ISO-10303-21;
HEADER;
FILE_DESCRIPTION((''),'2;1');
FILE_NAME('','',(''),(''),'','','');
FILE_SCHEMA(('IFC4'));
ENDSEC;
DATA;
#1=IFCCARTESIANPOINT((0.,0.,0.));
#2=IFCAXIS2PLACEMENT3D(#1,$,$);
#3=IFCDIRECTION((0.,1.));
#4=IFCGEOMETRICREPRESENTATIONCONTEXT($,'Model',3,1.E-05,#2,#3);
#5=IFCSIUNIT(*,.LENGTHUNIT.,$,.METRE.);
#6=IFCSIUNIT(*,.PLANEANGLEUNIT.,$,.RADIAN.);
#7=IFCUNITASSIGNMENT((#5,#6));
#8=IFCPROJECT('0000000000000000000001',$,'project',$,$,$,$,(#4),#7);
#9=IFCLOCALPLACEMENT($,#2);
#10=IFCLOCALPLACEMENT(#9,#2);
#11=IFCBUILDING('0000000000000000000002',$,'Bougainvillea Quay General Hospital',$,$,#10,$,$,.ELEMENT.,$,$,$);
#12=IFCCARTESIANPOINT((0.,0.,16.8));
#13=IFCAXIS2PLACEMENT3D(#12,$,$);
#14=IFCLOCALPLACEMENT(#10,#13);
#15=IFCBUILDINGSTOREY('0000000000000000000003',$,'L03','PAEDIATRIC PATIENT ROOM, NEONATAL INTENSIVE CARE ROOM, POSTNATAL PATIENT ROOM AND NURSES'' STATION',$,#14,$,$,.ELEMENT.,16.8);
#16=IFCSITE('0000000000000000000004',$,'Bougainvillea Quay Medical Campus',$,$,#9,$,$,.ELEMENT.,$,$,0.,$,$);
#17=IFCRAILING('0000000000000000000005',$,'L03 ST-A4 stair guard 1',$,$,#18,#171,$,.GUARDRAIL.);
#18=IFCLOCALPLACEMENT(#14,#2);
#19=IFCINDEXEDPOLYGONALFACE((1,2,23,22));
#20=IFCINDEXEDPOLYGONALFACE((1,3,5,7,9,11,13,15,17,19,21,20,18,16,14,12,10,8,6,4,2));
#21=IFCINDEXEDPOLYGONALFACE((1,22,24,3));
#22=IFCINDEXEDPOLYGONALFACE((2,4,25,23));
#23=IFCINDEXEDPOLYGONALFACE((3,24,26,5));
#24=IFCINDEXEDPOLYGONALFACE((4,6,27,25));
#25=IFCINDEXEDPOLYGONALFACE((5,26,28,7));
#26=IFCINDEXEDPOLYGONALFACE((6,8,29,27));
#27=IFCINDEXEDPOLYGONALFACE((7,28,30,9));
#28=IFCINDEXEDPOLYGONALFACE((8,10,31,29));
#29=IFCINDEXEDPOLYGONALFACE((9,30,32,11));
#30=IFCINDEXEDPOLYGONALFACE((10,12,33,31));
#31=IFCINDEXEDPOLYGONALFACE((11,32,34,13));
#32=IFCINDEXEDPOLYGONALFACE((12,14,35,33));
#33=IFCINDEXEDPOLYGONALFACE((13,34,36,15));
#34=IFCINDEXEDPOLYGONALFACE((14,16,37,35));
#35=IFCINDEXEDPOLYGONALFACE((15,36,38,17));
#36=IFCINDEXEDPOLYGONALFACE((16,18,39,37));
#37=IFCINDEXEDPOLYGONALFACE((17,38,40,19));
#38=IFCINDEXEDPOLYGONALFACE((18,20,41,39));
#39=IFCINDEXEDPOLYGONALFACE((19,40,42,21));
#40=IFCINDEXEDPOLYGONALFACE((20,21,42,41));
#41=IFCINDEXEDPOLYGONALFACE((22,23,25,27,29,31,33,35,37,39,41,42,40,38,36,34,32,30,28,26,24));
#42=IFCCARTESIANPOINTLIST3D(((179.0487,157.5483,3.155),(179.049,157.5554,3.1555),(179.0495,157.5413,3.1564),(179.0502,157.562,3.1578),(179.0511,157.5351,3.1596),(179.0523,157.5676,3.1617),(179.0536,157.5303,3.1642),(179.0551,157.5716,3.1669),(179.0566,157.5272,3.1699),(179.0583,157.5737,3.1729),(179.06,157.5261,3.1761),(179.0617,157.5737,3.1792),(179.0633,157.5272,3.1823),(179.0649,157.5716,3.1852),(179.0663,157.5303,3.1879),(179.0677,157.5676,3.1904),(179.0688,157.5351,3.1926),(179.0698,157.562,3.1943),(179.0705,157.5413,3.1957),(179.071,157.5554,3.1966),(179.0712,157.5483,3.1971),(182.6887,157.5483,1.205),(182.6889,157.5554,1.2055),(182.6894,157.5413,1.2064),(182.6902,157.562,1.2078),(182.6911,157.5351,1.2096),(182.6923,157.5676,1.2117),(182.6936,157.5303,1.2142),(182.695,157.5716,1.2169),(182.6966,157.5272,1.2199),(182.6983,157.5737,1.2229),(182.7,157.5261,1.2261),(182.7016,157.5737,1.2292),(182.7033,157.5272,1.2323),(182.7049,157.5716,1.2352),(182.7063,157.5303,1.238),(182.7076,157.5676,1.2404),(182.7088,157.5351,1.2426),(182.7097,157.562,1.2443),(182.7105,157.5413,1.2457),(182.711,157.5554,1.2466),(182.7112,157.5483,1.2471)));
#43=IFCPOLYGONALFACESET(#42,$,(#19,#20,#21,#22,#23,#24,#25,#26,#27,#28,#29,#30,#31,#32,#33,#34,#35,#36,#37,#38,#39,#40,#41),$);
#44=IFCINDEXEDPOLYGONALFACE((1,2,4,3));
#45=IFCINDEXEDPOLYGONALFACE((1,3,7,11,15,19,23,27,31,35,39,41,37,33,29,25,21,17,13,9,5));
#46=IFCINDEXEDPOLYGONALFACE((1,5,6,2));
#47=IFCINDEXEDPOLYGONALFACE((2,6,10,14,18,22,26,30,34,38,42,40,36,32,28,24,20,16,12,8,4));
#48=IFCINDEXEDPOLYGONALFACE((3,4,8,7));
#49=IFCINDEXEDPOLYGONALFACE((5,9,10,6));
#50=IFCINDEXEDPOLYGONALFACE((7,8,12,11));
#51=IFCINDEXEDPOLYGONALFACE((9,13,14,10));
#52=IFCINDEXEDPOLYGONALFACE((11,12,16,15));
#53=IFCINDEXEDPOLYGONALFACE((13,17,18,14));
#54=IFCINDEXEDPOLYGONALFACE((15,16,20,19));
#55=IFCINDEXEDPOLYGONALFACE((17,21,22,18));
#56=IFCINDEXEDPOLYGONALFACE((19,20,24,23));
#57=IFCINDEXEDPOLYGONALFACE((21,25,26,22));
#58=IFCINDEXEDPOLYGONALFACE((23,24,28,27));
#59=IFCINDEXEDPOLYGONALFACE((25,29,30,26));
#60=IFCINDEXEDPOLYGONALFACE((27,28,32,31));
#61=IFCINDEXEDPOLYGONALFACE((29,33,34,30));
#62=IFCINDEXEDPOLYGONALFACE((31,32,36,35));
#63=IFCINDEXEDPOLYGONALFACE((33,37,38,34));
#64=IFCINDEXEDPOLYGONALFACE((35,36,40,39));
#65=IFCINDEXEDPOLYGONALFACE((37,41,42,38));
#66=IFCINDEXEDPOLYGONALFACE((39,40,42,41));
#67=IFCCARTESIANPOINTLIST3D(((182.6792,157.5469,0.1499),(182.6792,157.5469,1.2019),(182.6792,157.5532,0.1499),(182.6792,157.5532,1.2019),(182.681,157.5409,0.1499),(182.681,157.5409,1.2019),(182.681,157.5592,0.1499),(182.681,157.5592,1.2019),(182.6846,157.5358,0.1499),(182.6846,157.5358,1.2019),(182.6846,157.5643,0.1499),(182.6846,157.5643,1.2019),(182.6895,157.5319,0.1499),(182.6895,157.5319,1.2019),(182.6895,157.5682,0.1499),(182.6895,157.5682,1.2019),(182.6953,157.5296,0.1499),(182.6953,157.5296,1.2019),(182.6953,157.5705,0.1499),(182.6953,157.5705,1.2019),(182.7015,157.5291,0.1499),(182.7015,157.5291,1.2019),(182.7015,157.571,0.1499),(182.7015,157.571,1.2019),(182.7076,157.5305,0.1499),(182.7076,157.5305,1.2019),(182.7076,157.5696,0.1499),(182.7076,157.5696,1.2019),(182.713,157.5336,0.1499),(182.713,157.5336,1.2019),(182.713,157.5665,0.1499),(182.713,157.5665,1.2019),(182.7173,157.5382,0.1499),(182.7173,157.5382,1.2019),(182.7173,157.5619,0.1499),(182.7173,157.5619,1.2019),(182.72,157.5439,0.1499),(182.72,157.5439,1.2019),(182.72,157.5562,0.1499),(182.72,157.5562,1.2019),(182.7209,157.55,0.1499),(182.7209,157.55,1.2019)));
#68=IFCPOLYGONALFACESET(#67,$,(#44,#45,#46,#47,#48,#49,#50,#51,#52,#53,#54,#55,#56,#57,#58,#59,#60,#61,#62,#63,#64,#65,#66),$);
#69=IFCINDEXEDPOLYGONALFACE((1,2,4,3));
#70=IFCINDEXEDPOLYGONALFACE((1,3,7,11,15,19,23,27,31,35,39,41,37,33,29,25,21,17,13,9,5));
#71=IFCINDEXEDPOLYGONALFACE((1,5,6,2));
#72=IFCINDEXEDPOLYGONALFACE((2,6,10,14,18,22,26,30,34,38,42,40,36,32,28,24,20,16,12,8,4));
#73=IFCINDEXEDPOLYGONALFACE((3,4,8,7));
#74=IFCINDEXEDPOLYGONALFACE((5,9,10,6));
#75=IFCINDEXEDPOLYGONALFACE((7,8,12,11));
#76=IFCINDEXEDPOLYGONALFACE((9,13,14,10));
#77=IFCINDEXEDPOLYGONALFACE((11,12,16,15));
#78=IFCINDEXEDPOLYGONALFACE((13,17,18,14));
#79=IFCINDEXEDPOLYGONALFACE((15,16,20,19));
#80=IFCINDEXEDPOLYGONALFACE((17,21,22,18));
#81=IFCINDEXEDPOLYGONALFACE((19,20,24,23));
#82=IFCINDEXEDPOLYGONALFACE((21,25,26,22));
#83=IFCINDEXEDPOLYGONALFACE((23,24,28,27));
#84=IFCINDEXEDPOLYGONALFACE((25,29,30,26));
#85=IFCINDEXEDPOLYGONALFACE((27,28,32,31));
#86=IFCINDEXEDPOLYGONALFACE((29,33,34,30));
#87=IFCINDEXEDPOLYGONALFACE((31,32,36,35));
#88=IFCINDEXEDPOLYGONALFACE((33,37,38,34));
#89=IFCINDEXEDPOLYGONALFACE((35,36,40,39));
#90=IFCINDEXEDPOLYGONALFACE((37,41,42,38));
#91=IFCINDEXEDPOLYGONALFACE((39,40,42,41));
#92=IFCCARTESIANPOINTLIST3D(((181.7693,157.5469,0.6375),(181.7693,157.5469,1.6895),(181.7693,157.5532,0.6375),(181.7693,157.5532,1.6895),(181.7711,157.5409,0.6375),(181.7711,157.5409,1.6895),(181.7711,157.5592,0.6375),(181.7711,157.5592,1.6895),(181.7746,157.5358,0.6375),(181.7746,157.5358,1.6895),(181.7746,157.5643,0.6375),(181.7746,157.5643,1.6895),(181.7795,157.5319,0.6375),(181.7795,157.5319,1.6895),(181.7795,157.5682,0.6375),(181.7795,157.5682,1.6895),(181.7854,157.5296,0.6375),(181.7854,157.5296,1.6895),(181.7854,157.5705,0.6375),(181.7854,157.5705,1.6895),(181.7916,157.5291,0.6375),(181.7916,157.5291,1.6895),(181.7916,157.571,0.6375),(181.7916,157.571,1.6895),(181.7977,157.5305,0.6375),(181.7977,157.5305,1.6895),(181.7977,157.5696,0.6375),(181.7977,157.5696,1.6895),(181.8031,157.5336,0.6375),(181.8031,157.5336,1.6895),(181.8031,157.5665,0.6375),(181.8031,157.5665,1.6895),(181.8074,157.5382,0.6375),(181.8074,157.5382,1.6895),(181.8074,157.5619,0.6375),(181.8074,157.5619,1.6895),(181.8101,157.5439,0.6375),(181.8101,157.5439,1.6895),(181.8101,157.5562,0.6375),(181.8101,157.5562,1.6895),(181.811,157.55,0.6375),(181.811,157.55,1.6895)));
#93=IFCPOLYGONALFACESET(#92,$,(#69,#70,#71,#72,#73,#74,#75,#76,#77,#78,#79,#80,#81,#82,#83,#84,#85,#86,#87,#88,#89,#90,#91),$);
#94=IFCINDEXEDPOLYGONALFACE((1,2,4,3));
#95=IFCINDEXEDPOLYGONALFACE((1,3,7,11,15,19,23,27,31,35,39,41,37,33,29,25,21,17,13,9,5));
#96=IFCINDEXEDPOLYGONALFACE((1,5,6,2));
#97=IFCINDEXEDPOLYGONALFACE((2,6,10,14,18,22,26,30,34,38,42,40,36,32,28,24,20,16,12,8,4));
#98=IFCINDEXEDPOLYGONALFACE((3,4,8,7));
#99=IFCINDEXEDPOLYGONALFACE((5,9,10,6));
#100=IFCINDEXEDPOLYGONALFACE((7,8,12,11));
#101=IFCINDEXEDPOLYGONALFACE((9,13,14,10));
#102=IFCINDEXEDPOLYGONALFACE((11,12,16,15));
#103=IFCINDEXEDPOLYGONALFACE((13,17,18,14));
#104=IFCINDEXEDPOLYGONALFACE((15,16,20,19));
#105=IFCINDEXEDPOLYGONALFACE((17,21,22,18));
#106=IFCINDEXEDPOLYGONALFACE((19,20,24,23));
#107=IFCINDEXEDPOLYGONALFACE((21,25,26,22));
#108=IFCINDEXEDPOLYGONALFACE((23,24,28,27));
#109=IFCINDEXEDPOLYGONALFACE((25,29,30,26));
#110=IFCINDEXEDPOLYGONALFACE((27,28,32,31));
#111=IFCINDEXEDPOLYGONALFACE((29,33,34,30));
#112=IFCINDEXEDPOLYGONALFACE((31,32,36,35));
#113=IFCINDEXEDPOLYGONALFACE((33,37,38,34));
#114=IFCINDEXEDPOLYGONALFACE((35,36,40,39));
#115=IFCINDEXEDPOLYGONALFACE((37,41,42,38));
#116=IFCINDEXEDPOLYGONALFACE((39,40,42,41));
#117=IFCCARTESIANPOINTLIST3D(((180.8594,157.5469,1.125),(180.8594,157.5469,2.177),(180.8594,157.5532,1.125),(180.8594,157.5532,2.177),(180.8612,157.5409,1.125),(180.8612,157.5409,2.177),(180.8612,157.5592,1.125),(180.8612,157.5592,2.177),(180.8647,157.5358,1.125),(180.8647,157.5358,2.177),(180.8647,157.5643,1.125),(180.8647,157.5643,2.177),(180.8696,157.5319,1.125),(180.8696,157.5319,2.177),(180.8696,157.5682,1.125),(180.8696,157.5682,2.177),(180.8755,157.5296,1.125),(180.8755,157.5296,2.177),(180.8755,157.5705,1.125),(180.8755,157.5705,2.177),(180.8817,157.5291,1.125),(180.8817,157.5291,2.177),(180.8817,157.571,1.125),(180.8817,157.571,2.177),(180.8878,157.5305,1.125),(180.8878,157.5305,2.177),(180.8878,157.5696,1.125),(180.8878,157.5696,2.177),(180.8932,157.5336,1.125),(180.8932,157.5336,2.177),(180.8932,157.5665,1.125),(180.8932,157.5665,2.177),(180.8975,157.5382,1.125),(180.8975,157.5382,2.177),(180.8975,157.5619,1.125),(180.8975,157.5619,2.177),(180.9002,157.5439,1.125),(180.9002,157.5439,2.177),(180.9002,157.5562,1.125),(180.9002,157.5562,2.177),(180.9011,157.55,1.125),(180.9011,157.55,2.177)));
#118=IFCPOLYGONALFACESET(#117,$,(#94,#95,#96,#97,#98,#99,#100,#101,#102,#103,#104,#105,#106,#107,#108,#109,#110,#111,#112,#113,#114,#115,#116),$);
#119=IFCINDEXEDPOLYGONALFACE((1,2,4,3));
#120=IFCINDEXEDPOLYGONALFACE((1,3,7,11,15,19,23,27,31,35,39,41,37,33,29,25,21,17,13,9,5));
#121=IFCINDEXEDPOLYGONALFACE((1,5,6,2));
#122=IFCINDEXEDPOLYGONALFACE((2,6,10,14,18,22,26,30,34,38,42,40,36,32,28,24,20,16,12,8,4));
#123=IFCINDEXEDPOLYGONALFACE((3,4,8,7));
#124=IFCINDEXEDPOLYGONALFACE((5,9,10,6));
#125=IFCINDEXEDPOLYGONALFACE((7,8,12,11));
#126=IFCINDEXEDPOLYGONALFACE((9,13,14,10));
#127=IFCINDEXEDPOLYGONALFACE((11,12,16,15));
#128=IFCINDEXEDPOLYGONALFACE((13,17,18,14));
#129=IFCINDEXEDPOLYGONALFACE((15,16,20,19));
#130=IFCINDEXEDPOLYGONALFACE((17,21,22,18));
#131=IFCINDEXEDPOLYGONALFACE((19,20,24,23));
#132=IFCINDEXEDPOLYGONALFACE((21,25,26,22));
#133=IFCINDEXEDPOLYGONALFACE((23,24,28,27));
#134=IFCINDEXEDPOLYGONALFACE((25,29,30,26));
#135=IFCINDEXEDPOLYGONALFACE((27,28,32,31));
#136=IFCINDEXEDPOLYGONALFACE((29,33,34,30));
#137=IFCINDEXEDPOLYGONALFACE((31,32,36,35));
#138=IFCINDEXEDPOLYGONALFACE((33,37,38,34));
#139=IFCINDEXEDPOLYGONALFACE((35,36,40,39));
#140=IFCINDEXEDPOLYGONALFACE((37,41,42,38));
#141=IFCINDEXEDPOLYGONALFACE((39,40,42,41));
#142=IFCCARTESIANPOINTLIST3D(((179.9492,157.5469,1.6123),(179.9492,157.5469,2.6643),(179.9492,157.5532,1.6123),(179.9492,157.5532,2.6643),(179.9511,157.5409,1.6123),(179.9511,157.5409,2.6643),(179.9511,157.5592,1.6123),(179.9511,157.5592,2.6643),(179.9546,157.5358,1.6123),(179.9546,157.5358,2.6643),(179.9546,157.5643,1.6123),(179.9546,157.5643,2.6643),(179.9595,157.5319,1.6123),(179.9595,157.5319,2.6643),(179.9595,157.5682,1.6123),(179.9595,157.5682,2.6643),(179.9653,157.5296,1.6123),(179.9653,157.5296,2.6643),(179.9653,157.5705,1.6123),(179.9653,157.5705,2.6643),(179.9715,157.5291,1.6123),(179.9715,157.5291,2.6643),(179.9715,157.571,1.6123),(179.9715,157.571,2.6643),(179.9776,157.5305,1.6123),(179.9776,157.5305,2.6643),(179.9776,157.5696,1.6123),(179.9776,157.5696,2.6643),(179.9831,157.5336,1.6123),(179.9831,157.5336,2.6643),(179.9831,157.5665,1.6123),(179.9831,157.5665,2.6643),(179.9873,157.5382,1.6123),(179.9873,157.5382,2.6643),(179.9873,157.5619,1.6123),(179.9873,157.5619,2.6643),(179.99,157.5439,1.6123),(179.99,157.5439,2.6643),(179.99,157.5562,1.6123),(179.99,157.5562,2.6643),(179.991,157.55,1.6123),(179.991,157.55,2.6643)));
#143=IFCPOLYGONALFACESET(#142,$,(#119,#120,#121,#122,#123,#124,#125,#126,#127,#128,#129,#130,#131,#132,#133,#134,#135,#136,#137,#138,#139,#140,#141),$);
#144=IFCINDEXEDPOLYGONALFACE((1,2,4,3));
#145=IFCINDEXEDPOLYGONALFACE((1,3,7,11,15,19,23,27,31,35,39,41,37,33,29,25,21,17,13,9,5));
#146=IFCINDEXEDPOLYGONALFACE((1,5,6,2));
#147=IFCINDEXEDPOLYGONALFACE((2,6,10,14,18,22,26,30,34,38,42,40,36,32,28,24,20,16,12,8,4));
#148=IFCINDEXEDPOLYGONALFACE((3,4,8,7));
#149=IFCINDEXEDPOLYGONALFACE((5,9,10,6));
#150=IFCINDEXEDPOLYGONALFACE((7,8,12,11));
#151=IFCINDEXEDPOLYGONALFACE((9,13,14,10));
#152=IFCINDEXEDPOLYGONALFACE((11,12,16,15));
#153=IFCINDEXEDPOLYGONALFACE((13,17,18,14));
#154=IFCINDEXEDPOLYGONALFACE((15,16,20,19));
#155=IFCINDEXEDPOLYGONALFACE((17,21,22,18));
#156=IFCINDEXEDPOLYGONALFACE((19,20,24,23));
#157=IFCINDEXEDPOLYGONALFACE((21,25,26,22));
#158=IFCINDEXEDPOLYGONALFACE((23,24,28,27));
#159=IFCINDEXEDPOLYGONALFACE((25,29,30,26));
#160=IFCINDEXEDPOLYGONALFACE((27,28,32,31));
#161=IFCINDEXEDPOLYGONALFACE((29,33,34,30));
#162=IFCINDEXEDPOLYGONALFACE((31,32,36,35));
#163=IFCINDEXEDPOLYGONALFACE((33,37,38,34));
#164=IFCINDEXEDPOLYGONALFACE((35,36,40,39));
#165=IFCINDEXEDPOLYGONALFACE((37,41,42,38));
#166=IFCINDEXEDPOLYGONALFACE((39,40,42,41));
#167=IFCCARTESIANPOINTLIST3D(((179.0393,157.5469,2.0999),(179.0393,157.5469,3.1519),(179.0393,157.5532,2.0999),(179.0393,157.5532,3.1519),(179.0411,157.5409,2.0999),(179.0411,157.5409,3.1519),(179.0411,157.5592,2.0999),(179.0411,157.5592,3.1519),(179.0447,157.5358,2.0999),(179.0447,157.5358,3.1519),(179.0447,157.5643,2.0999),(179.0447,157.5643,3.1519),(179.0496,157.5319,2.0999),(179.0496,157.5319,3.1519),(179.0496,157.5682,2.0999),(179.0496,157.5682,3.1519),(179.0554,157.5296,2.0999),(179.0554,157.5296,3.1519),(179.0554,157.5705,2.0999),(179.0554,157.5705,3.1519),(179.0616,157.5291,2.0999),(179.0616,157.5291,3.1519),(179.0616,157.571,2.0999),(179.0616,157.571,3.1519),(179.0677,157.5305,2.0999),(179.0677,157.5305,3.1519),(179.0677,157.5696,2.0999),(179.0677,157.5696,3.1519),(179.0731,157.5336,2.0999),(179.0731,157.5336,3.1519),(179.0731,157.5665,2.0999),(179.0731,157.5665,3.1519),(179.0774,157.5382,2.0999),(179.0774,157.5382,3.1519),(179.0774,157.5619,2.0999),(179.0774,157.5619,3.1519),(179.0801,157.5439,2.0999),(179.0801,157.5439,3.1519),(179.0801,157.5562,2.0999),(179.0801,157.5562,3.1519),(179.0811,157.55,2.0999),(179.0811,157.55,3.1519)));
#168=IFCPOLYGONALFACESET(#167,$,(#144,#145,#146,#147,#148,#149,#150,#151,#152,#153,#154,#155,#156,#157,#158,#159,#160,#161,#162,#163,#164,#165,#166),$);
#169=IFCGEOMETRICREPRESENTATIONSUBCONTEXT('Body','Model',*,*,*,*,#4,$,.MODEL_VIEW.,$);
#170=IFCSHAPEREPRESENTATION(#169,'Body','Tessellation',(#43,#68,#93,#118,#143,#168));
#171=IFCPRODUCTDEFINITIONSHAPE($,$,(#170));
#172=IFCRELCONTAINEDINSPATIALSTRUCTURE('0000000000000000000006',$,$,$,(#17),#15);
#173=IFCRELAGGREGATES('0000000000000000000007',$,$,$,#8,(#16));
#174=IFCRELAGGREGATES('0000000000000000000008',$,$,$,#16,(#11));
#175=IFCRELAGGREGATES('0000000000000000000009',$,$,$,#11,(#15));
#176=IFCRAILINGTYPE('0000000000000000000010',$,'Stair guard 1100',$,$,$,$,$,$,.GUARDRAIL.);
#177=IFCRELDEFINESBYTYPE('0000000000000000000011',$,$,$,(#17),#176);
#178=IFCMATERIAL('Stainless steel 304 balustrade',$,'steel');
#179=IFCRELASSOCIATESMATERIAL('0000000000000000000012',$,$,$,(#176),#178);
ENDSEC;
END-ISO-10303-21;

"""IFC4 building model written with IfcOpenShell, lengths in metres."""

from ifc_helpers import new_model, si_unit, direction, frame, origin, origin_2d, place, context, subcontext, project, spatial, circle, extrude, material, type_object, element, save


model = new_model("IFC4")

# Units and contexts
model_context = context("Model", 3, precision=1e-05, world=origin(), true_north=direction((0.0, 1.0)))
body_context = subcontext(model_context, "Body", "Model", "MODEL_VIEW")
ifc_project = project(units=[si_unit("LENGTHUNIT", "METRE"), si_unit("PLANEANGLEUNIT", "RADIAN")], contexts=[model_context])

# Site, building, storey
site_placement = place(None, origin())
site = spatial("IfcSite", under=ifc_project, at=site_placement, Name="Bougainvillea Quay Medical Campus", CompositionType="ELEMENT", RefElevation=0.0)
building_placement = place(site_placement, origin())
building = spatial("IfcBuilding", under=site, at=building_placement, Name="Bougainvillea Quay General Hospital", CompositionType="ELEMENT")
storey_placement = place(building_placement, frame((0.0, 0.0, 16.8)))
storey = spatial("IfcBuildingStorey", under=building, at=storey_placement, Name="L03", Description="PAEDIATRIC PATIENT ROOM, NEONATAL INTENSIVE CARE ROOM, POSTNATAL PATIENT ROOM AND NURSES' STATION", CompositionType="ELEMENT", Elevation=16.8)

# Railing
ifc_material_1 = material(Name="Stainless steel 304 balustrade", Category="steel")
railing_type_1 = type_object("IfcRailingType", Name="Stair guard 1100", PredefinedType="GUARDRAIL", material=ifc_material_1)
railing_1_placement = place(storey_placement, frame((182.7, 157.55, 0.1499)))
element("IfcRailing", 1, at=railing_1_placement, inside=storey, type_object=railing_type_1, Name="L03 ST-A4 stair guard 1", PredefinedType="GUARDRAIL", context=body_context, shape_type="SweptSolid", body=[
    extrude(circle(Radius=0.0239, at=origin_2d()), frame((0.0, 0.0, 1.0762), z_axis=(-0.881479, 0.0, 0.472223), x_axis=(0.0, -1.0, 0.0)), (0.0, 0.0, 1.0), 4.1294),
    extrude(circle(Radius=0.021, at=origin_2d()), origin(), (0.0, 0.0, 1.0), 1.052),
    extrude(circle(Radius=0.021, at=origin_2d()), frame((-0.9099, 0.0, 0.4875)), (0.0, 0.0, 1.0), 1.052),
    extrude(circle(Radius=0.021, at=origin_2d()), frame((-1.8198, 0.0, 0.9751)), (0.0, 0.0, 1.0), 1.052),
    extrude(circle(Radius=0.021, at=origin_2d()), frame((-2.73, 0.0, 1.4624)), (0.0, 0.0, 1.0), 1.052),
    extrude(circle(Radius=0.021, at=origin_2d()), frame((-3.6399, 0.0, 1.95)), (0.0, 0.0, 1.0), 1.052),
])

save(model, "model.ifc")
